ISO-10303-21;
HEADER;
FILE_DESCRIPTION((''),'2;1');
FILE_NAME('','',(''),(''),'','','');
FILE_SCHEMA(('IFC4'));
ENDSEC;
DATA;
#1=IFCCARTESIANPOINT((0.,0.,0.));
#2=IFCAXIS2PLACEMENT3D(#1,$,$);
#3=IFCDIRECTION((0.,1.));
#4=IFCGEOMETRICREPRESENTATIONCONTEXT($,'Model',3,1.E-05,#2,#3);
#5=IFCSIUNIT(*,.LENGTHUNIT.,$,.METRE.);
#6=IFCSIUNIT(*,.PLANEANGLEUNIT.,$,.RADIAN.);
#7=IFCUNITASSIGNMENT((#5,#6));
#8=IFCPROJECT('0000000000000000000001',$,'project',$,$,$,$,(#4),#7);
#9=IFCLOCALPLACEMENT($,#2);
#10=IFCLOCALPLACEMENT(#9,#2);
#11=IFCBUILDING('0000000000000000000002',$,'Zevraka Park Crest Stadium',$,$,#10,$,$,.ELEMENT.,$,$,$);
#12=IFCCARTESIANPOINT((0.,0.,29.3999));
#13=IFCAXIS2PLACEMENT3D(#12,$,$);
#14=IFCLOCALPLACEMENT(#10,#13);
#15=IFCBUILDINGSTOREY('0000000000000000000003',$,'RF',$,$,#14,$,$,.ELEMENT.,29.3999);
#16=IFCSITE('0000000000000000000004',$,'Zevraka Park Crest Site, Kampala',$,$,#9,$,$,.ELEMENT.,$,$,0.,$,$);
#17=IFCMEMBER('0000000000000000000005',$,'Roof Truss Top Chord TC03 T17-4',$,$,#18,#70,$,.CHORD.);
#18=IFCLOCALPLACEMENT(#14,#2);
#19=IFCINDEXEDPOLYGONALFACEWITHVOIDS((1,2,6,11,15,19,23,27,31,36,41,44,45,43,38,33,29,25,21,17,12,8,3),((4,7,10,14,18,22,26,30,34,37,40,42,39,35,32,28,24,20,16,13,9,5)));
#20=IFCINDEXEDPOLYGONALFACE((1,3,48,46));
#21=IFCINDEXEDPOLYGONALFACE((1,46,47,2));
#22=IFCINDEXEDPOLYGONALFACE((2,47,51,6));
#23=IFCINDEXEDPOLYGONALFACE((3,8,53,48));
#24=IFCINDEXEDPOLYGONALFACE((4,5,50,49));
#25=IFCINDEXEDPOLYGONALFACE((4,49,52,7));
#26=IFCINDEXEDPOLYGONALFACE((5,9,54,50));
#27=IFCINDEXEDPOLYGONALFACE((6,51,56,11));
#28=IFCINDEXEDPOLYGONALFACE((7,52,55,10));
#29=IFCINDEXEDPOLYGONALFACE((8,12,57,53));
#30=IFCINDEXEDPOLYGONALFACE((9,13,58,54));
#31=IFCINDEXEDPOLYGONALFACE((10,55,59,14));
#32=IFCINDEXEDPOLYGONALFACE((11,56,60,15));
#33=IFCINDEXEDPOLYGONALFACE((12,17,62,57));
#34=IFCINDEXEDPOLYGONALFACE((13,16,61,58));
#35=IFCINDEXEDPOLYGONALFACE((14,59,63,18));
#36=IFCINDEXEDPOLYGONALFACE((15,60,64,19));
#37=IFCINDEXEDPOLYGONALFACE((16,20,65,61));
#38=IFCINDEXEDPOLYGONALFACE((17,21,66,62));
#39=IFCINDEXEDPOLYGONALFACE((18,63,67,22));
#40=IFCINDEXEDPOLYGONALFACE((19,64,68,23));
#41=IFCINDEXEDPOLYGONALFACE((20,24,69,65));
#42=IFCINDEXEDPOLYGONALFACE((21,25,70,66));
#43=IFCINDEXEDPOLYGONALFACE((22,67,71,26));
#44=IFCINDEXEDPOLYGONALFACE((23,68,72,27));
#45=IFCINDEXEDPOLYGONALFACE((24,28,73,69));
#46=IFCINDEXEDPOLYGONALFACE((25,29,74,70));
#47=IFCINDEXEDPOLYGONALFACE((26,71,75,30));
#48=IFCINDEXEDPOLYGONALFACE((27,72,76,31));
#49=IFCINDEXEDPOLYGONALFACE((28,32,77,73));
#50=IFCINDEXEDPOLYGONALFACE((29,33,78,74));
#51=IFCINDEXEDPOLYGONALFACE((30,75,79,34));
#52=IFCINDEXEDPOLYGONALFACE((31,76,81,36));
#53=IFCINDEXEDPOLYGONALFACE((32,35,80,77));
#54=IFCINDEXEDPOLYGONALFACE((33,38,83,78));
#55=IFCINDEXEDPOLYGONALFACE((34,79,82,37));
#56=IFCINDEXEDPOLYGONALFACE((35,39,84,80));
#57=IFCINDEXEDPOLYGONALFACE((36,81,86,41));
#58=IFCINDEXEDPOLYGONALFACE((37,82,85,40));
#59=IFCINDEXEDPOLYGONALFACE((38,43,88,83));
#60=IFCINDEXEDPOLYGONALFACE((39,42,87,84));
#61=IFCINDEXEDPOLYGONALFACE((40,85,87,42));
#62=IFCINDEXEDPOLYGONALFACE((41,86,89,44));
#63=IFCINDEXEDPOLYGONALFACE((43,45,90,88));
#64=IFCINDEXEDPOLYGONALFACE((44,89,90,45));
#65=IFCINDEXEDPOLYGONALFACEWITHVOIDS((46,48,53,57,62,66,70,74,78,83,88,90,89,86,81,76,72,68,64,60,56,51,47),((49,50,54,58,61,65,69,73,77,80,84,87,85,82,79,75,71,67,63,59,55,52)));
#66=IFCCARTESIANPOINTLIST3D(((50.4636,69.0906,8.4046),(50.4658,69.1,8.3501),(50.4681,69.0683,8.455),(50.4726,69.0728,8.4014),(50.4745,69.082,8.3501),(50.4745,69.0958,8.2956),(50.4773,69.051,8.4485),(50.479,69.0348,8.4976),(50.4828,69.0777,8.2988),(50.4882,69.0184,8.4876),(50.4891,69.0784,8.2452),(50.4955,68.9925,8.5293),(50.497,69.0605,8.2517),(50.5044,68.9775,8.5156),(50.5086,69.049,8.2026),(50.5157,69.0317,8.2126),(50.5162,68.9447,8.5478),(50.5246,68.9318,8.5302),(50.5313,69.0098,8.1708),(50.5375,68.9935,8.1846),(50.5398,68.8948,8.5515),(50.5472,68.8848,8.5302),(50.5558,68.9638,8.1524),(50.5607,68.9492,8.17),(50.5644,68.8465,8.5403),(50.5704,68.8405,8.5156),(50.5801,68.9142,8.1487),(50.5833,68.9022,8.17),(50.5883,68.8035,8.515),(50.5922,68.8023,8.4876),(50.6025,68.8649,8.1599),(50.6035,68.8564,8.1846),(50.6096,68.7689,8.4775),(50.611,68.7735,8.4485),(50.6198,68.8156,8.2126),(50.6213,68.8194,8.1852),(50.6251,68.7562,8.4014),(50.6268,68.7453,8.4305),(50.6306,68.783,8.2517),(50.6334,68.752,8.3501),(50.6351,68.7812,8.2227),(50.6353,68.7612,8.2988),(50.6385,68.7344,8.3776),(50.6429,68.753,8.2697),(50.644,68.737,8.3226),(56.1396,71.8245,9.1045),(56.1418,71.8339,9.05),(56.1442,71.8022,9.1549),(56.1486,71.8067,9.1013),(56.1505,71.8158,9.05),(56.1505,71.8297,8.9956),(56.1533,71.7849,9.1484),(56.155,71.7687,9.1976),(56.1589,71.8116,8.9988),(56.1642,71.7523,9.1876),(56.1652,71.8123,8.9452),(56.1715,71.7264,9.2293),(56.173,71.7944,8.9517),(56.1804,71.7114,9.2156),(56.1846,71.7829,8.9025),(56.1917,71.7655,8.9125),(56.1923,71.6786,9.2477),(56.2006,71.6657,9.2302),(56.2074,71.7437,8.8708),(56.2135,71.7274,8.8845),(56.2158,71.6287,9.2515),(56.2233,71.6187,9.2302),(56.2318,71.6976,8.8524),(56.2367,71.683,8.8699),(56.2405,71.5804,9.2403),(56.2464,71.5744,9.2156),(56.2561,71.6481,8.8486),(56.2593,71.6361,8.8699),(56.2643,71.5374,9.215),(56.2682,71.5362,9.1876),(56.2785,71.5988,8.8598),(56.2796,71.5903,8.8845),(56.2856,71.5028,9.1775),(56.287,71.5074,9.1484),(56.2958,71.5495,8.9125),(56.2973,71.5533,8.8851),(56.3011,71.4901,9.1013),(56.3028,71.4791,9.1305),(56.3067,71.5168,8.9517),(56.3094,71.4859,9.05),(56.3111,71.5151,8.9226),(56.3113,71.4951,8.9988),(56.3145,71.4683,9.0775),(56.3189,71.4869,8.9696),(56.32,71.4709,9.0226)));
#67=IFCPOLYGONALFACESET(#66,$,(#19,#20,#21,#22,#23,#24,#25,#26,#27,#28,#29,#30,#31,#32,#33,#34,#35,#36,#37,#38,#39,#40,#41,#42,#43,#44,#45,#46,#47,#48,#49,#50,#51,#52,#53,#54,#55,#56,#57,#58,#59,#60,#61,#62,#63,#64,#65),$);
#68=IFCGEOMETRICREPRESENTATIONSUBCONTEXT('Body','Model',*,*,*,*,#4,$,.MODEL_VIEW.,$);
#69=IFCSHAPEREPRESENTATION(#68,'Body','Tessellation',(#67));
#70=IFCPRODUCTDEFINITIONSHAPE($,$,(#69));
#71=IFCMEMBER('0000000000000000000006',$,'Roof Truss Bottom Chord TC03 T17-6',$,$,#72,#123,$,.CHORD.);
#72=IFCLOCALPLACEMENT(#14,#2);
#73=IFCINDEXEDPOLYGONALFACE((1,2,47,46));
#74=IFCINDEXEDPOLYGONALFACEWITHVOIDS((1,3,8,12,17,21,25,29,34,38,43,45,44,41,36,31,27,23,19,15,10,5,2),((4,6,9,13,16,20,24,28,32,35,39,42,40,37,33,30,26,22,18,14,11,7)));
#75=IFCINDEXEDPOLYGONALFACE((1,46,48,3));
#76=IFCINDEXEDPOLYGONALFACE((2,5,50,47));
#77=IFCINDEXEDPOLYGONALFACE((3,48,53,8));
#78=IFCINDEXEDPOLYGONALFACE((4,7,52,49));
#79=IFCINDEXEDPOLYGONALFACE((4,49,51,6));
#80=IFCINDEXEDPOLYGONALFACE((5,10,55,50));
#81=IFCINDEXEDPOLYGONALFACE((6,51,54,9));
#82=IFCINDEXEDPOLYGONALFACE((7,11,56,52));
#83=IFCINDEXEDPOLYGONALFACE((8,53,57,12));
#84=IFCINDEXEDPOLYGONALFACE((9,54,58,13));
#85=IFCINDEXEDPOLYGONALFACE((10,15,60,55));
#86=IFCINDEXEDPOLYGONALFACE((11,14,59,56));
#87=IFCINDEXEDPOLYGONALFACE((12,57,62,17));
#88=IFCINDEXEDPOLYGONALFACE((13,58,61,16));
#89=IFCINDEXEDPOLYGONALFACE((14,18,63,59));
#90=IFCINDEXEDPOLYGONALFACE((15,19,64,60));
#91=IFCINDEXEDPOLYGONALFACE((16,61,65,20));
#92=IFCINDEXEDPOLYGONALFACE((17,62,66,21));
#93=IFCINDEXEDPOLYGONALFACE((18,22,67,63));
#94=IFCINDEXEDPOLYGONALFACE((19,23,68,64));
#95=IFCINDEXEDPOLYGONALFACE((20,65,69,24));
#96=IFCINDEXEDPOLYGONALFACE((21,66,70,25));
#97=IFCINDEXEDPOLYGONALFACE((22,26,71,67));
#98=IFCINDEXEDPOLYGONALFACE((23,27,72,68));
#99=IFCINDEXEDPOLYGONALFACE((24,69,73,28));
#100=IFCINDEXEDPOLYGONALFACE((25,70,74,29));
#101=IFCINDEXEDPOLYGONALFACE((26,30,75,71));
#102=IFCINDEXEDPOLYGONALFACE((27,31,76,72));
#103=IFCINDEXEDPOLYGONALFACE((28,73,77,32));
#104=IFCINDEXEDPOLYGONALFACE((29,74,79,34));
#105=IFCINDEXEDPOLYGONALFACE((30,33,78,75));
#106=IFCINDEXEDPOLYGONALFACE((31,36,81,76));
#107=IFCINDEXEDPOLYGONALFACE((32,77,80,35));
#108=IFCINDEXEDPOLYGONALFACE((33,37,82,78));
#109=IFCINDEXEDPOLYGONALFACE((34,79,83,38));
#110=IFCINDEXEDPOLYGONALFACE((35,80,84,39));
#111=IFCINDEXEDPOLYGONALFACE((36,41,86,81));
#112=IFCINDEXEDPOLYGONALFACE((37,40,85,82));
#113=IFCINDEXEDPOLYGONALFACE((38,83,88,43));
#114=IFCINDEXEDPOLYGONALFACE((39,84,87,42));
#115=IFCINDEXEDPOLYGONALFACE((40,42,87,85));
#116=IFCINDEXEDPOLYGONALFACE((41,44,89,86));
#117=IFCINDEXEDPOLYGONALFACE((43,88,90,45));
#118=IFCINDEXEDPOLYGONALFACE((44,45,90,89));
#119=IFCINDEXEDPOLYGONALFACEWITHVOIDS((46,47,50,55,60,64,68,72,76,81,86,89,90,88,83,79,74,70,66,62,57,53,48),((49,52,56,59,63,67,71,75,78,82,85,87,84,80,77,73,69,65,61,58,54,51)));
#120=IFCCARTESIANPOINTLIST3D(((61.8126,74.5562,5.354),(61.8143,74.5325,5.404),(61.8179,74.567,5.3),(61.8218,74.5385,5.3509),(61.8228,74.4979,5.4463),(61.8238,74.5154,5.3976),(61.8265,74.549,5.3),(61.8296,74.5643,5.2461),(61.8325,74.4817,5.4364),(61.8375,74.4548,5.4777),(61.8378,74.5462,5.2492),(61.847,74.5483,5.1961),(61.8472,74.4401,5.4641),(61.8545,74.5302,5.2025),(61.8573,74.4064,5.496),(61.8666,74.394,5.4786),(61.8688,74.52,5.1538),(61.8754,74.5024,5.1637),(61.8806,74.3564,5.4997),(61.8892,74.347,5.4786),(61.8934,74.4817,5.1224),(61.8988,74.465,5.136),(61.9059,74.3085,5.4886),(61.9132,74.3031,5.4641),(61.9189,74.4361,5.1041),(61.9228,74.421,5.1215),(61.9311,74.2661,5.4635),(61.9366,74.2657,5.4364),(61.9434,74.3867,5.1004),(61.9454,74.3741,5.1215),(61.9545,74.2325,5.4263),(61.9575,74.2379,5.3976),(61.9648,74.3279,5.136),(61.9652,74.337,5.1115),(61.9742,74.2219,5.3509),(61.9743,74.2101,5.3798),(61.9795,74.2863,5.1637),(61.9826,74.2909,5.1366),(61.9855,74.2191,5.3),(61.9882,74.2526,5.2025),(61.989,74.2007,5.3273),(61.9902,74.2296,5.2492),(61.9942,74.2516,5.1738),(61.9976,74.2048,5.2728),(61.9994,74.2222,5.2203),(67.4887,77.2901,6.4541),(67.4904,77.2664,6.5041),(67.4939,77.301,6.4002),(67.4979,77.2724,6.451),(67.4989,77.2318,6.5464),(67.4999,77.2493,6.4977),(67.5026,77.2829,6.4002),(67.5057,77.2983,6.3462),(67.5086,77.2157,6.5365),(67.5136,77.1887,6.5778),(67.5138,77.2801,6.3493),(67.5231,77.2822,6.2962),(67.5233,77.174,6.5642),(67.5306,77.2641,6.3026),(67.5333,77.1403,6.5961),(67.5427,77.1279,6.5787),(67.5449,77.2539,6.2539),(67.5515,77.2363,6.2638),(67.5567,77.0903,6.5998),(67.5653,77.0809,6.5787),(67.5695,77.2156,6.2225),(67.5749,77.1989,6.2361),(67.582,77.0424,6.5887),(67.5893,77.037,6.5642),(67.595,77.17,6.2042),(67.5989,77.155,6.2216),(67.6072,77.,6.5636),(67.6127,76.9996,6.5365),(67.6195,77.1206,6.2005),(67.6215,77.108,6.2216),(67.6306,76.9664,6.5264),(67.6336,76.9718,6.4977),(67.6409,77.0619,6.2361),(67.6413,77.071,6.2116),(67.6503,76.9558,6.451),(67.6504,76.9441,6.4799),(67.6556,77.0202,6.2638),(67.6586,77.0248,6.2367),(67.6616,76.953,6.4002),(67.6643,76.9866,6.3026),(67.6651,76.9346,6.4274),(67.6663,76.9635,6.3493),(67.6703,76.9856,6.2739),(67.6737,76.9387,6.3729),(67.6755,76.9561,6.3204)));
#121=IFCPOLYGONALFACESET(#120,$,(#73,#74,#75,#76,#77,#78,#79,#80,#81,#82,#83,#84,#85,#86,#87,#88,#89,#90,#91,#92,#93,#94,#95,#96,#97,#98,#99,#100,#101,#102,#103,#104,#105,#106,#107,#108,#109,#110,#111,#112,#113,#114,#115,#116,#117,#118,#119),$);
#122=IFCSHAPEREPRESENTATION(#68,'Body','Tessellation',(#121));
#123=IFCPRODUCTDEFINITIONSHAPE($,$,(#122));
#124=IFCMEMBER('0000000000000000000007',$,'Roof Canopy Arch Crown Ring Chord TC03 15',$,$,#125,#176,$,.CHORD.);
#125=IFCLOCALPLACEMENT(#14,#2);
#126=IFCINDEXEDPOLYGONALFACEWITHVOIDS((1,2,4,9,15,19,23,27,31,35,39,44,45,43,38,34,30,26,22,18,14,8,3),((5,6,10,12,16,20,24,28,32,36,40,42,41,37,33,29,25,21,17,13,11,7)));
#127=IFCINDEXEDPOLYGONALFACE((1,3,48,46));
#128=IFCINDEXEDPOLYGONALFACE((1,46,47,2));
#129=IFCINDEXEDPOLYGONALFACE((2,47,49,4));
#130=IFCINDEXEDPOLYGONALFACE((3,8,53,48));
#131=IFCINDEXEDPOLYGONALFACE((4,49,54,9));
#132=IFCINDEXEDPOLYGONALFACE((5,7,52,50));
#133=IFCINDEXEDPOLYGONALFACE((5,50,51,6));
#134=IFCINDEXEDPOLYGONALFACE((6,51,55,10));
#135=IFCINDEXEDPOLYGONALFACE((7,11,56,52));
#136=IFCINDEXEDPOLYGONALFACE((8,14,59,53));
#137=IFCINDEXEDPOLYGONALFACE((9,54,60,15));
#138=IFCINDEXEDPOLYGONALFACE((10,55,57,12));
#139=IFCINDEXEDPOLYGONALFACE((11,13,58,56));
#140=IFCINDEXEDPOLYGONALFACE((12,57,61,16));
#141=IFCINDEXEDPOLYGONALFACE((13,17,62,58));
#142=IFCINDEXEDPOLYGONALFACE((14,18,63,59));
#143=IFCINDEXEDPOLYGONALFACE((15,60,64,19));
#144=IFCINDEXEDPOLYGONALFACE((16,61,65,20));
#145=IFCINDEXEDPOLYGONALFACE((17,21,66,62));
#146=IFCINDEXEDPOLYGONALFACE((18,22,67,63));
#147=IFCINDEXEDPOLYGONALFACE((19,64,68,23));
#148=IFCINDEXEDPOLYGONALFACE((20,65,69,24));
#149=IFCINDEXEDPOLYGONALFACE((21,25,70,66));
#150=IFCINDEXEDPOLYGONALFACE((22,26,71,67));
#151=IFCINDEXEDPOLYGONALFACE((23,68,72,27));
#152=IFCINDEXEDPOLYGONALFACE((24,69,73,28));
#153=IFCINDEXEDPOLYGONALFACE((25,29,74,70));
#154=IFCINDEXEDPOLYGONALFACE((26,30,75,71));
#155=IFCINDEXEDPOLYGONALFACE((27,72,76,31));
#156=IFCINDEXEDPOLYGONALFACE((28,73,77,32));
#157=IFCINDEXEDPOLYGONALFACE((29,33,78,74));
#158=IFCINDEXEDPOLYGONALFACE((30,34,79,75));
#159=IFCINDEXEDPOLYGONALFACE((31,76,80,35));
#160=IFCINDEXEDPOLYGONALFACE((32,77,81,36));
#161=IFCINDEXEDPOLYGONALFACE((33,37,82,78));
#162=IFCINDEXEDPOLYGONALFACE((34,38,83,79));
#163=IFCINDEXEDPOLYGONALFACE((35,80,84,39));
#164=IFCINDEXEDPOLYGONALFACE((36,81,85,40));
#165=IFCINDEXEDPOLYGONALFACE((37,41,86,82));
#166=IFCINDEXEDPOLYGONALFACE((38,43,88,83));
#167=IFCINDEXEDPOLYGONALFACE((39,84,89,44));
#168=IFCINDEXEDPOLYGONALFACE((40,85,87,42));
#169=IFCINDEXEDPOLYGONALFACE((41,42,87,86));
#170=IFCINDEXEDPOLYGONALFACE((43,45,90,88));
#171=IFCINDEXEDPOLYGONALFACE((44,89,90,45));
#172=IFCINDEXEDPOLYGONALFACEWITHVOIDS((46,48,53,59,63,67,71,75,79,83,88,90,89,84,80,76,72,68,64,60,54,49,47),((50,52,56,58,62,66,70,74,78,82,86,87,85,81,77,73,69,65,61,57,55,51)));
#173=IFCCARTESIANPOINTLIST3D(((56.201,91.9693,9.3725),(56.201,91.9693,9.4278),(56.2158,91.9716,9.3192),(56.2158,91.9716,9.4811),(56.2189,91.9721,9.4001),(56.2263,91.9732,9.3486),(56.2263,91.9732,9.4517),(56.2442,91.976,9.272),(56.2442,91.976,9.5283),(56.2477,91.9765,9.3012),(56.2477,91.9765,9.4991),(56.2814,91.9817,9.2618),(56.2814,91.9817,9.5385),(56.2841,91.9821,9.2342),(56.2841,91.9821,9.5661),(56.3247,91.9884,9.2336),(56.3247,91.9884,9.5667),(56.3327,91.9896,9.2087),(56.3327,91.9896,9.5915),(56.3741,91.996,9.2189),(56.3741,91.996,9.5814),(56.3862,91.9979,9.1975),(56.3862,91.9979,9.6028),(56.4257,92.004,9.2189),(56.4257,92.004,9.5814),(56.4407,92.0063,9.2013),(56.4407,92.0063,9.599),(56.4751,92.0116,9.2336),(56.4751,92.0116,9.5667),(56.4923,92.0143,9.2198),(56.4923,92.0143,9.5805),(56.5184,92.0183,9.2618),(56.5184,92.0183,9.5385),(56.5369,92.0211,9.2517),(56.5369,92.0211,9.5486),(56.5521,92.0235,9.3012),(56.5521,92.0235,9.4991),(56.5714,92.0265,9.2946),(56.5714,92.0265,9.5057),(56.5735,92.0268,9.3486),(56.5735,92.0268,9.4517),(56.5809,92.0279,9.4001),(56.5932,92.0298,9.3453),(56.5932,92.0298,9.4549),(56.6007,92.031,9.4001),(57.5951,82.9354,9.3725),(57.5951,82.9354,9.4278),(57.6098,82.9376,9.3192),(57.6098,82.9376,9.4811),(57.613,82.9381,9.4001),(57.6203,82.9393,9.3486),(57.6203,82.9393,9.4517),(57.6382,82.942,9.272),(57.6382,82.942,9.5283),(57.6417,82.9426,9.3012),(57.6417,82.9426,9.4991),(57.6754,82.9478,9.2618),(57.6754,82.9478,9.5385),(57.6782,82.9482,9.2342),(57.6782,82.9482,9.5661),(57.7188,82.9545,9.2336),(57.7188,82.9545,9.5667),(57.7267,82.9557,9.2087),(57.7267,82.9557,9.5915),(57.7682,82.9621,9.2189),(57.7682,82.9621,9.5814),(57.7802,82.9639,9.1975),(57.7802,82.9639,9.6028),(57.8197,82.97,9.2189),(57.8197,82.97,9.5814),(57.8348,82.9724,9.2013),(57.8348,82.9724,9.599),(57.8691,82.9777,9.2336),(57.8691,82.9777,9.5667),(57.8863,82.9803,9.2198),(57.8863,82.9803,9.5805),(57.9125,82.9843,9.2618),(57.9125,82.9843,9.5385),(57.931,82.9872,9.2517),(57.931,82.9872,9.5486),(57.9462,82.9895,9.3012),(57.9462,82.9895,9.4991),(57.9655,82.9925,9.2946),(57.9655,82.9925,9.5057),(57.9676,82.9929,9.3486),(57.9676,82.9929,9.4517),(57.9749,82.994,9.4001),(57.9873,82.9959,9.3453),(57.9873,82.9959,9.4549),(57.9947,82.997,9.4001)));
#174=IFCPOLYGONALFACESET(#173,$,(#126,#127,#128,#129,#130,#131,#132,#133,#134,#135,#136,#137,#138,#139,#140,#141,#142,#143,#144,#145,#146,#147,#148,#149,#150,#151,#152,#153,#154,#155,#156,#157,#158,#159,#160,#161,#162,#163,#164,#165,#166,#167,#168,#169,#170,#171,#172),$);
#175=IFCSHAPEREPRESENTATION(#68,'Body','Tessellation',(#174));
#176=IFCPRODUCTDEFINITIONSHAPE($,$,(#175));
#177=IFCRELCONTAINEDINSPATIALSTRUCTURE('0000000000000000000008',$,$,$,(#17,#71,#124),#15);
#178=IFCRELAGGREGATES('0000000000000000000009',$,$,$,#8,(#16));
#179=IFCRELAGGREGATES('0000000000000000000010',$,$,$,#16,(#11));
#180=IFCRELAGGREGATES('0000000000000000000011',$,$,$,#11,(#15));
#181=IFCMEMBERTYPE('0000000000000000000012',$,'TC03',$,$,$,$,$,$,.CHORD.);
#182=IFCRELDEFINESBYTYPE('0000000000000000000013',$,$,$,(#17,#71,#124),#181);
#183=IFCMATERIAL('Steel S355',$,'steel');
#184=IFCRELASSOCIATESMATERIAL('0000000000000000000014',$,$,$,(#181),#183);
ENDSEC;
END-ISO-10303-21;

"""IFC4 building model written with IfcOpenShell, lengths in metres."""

from ifc_helpers import new_model, si_unit, direction, frame, origin, origin_2d, place, context, subcontext, project, spatial, hollow_circle, extrude, material, material_profile, profile_set, type_object, element, save


model = new_model("IFC4")

# Units and contexts
model_context = context("Model", 3, precision=1e-05, world=origin(), true_north=direction((0.0, 1.0)))
body_context = subcontext(model_context, "Body", "Model", "MODEL_VIEW")
ifc_project = project(units=[si_unit("LENGTHUNIT", "METRE"), si_unit("PLANEANGLEUNIT", "RADIAN")], contexts=[model_context])

# Site, building, storey
site_placement = place(None, origin())
site = spatial("IfcSite", under=ifc_project, at=site_placement, Name="Zevraka Park Crest Site, Kampala", CompositionType="ELEMENT", RefElevation=0.0)
building_placement = place(site_placement, origin())
building = spatial("IfcBuilding", under=site, at=building_placement, Name="Zevraka Park Crest Stadium", CompositionType="ELEMENT")
storey_placement = place(building_placement, frame((0.0, 0.0, 29.3999)))
storey = spatial("IfcBuildingStorey", under=building, at=storey_placement, Name="RF", CompositionType="ELEMENT", Elevation=29.3999)

# Members
ifc_material_1 = material(Name="Steel S355", Category="steel")
ifc_material_profile_1 = material_profile(ifc_material_1, hollow_circle(Radius=0.2031, WallThickness=0.02, at=origin_2d()), Name="CHS 406.4x20")
ifc_profile_set_1 = profile_set([ifc_material_profile_1], Name="Steel S355")
member_type_1 = type_object("IfcMemberType", Name="TC03", PredefinedType="CHORD", material=ifc_profile_set_1)
member_1_placement = place(storey_placement, frame((50.554, 68.917, 8.3501), z_axis=(0.895431, 0.431289, 0.110422), x_axis=(-0.433943, 0.900941, 0.0)))
element("IfcMember", 1, at=member_1_placement, inside=storey, type_object=member_type_1, Name="Roof Truss Top Chord TC03 T17-4", PredefinedType="CHORD", context=body_context, shape_type="SweptSolid", body=[
    extrude(hollow_circle(Radius=0.2031, WallThickness=0.02, at=origin_2d()), origin(), (0.0, 0.0, 1.0), 6.3389),
])
member_2_placement = place(storey_placement, frame((61.906, 74.384, 5.3), z_axis=(0.887512, 0.427475, 0.172013), x_axis=(-0.433943, 0.900941, 0.0)))
element("IfcMember", 2, at=member_2_placement, inside=storey, type_object=member_type_1, Name="Roof Truss Bottom Chord TC03 T17-6", PredefinedType="CHORD", context=body_context, shape_type="SweptSolid", body=[
    extrude(hollow_circle(Radius=0.2031, WallThickness=0.02, at=origin_2d()), origin(), (0.0, 0.0, 1.0), 6.3955),
])
member_3_placement = place(storey_placement, frame((56.3999, 92.0, 9.4001), z_axis=(0.152507, -0.988302, 0.0), x_axis=(0.988302, 0.152507, 0.0)))
element("IfcMember", 3, at=member_3_placement, inside=storey, type_object=member_type_1, Name="Roof Canopy Arch Crown Ring Chord TC03 15", PredefinedType="CHORD", context=body_context, shape_type="SweptSolid", body=[
    extrude(hollow_circle(Radius=0.2031, WallThickness=0.02, at=origin_2d()), origin(), (0.0, 0.0, 1.0), 9.1409),
])

save(model, "model.ifc")
